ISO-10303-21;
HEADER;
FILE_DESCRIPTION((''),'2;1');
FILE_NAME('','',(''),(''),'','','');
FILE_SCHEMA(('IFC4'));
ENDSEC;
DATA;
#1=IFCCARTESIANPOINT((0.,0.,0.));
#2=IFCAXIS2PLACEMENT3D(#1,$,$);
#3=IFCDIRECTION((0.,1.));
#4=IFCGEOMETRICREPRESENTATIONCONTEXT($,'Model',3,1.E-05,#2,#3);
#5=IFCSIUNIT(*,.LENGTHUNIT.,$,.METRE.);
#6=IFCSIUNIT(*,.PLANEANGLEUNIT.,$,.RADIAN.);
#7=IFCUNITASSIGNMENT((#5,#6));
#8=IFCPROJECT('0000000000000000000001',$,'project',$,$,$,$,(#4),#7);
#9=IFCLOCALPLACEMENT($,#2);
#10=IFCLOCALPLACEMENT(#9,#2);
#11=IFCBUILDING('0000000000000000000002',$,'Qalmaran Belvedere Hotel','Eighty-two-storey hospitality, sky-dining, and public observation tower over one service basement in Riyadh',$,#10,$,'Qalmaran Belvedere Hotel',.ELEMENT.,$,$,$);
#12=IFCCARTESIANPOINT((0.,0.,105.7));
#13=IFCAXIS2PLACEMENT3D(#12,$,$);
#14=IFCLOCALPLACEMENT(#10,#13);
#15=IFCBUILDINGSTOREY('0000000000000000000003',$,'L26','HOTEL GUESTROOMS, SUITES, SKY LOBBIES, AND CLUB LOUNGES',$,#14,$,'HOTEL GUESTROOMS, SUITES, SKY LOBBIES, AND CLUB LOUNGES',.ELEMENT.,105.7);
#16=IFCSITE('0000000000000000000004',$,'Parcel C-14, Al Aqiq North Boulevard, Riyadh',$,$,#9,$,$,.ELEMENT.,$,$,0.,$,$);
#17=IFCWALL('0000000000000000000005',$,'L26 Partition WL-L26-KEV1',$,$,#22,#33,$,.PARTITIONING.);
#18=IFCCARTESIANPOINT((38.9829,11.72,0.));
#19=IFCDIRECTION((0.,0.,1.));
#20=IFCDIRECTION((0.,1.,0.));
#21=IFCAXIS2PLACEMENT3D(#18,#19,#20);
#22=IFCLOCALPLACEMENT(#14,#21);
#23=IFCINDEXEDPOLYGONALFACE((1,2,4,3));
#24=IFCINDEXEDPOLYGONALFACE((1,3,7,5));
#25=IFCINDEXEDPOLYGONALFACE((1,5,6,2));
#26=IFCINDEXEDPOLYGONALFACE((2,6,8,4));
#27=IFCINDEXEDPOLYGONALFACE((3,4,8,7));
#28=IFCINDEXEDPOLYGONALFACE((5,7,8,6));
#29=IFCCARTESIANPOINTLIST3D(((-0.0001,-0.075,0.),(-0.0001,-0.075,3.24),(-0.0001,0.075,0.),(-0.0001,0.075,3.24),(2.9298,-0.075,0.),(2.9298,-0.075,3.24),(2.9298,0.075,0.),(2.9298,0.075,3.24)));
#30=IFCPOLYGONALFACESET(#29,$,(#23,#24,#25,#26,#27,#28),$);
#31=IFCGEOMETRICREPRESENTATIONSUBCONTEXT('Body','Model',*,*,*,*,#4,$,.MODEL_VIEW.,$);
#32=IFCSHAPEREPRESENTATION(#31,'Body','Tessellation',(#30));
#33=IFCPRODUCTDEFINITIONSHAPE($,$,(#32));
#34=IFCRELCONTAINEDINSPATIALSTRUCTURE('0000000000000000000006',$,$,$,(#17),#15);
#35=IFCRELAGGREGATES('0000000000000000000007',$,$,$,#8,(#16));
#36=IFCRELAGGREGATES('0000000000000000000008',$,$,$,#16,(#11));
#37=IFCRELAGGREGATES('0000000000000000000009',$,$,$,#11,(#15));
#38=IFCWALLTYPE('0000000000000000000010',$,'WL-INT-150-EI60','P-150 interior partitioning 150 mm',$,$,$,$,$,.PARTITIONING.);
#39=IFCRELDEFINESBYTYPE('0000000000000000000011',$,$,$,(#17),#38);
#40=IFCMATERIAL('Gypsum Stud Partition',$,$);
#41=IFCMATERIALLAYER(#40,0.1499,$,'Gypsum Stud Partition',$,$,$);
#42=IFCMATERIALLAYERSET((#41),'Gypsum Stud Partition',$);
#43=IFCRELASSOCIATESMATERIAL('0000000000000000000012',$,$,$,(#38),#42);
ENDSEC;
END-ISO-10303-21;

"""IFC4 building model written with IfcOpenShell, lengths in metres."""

from ifc_helpers import new_model, si_unit, direction, frame, frame_2d, origin, place, context, subcontext, project, spatial, rectangle, extrude, material, layer, layer_set, type_object, element, save


model = new_model("IFC4")

# Units and contexts
model_context = context("Model", 3, precision=1e-05, world=origin(), true_north=direction((0.0, 1.0)))
body_context = subcontext(model_context, "Body", "Model", "MODEL_VIEW")
ifc_project = project(units=[si_unit("LENGTHUNIT", "METRE"), si_unit("PLANEANGLEUNIT", "RADIAN")], contexts=[model_context])

# Site, building, storey
site_placement = place(None, origin())
site = spatial("IfcSite", under=ifc_project, at=site_placement, Name="Parcel C-14, Al Aqiq North Boulevard, Riyadh", CompositionType="ELEMENT", RefElevation=0.0)
building_placement = place(site_placement, origin())
building = spatial("IfcBuilding", under=site, at=building_placement, Name="Qalmaran Belvedere Hotel", Description="Eighty-two-storey hospitality, sky-dining, and public observation tower over one service basement in Riyadh", LongName="Qalmaran Belvedere Hotel", CompositionType="ELEMENT")
storey_placement = place(building_placement, frame((0.0, 0.0, 105.7)))
storey = spatial("IfcBuildingStorey", under=building, at=storey_placement, Name="L26", Description="HOTEL GUESTROOMS, SUITES, SKY LOBBIES, AND CLUB LOUNGES", LongName="HOTEL GUESTROOMS, SUITES, SKY LOBBIES, AND CLUB LOUNGES", CompositionType="ELEMENT", Elevation=105.7)

# Wall
ifc_material_1 = material(Name="Gypsum Stud Partition")
ifc_layer_1 = layer(ifc_material_1, 0.1499, Name="Gypsum Stud Partition")
ifc_layer_set_1 = layer_set([ifc_layer_1], Name="Gypsum Stud Partition")
wall_type_1 = type_object("IfcWallType", Name="WL-INT-150-EI60", Description="P-150 interior partitioning 150 mm", PredefinedType="PARTITIONING", material=ifc_layer_set_1)
wall_1_placement = place(storey_placement, frame((38.9829, 11.72, 0.0), z_axis=(0.0, 0.0, 1.0), x_axis=(0.0, 1.0, 0.0)))
element("IfcWall", 1, at=wall_1_placement, inside=storey, type_object=wall_type_1, Name="L26 Partition WL-L26-KEV1", PredefinedType="PARTITIONING", context=body_context, shape_type="SweptSolid", body=[
    extrude(rectangle(XDim=2.9299, YDim=0.1499, at=frame_2d((1.4648, 0.0))), origin(), (0.0, 0.0, 1.0), 3.24),
])

save(model, "model.ifc")
